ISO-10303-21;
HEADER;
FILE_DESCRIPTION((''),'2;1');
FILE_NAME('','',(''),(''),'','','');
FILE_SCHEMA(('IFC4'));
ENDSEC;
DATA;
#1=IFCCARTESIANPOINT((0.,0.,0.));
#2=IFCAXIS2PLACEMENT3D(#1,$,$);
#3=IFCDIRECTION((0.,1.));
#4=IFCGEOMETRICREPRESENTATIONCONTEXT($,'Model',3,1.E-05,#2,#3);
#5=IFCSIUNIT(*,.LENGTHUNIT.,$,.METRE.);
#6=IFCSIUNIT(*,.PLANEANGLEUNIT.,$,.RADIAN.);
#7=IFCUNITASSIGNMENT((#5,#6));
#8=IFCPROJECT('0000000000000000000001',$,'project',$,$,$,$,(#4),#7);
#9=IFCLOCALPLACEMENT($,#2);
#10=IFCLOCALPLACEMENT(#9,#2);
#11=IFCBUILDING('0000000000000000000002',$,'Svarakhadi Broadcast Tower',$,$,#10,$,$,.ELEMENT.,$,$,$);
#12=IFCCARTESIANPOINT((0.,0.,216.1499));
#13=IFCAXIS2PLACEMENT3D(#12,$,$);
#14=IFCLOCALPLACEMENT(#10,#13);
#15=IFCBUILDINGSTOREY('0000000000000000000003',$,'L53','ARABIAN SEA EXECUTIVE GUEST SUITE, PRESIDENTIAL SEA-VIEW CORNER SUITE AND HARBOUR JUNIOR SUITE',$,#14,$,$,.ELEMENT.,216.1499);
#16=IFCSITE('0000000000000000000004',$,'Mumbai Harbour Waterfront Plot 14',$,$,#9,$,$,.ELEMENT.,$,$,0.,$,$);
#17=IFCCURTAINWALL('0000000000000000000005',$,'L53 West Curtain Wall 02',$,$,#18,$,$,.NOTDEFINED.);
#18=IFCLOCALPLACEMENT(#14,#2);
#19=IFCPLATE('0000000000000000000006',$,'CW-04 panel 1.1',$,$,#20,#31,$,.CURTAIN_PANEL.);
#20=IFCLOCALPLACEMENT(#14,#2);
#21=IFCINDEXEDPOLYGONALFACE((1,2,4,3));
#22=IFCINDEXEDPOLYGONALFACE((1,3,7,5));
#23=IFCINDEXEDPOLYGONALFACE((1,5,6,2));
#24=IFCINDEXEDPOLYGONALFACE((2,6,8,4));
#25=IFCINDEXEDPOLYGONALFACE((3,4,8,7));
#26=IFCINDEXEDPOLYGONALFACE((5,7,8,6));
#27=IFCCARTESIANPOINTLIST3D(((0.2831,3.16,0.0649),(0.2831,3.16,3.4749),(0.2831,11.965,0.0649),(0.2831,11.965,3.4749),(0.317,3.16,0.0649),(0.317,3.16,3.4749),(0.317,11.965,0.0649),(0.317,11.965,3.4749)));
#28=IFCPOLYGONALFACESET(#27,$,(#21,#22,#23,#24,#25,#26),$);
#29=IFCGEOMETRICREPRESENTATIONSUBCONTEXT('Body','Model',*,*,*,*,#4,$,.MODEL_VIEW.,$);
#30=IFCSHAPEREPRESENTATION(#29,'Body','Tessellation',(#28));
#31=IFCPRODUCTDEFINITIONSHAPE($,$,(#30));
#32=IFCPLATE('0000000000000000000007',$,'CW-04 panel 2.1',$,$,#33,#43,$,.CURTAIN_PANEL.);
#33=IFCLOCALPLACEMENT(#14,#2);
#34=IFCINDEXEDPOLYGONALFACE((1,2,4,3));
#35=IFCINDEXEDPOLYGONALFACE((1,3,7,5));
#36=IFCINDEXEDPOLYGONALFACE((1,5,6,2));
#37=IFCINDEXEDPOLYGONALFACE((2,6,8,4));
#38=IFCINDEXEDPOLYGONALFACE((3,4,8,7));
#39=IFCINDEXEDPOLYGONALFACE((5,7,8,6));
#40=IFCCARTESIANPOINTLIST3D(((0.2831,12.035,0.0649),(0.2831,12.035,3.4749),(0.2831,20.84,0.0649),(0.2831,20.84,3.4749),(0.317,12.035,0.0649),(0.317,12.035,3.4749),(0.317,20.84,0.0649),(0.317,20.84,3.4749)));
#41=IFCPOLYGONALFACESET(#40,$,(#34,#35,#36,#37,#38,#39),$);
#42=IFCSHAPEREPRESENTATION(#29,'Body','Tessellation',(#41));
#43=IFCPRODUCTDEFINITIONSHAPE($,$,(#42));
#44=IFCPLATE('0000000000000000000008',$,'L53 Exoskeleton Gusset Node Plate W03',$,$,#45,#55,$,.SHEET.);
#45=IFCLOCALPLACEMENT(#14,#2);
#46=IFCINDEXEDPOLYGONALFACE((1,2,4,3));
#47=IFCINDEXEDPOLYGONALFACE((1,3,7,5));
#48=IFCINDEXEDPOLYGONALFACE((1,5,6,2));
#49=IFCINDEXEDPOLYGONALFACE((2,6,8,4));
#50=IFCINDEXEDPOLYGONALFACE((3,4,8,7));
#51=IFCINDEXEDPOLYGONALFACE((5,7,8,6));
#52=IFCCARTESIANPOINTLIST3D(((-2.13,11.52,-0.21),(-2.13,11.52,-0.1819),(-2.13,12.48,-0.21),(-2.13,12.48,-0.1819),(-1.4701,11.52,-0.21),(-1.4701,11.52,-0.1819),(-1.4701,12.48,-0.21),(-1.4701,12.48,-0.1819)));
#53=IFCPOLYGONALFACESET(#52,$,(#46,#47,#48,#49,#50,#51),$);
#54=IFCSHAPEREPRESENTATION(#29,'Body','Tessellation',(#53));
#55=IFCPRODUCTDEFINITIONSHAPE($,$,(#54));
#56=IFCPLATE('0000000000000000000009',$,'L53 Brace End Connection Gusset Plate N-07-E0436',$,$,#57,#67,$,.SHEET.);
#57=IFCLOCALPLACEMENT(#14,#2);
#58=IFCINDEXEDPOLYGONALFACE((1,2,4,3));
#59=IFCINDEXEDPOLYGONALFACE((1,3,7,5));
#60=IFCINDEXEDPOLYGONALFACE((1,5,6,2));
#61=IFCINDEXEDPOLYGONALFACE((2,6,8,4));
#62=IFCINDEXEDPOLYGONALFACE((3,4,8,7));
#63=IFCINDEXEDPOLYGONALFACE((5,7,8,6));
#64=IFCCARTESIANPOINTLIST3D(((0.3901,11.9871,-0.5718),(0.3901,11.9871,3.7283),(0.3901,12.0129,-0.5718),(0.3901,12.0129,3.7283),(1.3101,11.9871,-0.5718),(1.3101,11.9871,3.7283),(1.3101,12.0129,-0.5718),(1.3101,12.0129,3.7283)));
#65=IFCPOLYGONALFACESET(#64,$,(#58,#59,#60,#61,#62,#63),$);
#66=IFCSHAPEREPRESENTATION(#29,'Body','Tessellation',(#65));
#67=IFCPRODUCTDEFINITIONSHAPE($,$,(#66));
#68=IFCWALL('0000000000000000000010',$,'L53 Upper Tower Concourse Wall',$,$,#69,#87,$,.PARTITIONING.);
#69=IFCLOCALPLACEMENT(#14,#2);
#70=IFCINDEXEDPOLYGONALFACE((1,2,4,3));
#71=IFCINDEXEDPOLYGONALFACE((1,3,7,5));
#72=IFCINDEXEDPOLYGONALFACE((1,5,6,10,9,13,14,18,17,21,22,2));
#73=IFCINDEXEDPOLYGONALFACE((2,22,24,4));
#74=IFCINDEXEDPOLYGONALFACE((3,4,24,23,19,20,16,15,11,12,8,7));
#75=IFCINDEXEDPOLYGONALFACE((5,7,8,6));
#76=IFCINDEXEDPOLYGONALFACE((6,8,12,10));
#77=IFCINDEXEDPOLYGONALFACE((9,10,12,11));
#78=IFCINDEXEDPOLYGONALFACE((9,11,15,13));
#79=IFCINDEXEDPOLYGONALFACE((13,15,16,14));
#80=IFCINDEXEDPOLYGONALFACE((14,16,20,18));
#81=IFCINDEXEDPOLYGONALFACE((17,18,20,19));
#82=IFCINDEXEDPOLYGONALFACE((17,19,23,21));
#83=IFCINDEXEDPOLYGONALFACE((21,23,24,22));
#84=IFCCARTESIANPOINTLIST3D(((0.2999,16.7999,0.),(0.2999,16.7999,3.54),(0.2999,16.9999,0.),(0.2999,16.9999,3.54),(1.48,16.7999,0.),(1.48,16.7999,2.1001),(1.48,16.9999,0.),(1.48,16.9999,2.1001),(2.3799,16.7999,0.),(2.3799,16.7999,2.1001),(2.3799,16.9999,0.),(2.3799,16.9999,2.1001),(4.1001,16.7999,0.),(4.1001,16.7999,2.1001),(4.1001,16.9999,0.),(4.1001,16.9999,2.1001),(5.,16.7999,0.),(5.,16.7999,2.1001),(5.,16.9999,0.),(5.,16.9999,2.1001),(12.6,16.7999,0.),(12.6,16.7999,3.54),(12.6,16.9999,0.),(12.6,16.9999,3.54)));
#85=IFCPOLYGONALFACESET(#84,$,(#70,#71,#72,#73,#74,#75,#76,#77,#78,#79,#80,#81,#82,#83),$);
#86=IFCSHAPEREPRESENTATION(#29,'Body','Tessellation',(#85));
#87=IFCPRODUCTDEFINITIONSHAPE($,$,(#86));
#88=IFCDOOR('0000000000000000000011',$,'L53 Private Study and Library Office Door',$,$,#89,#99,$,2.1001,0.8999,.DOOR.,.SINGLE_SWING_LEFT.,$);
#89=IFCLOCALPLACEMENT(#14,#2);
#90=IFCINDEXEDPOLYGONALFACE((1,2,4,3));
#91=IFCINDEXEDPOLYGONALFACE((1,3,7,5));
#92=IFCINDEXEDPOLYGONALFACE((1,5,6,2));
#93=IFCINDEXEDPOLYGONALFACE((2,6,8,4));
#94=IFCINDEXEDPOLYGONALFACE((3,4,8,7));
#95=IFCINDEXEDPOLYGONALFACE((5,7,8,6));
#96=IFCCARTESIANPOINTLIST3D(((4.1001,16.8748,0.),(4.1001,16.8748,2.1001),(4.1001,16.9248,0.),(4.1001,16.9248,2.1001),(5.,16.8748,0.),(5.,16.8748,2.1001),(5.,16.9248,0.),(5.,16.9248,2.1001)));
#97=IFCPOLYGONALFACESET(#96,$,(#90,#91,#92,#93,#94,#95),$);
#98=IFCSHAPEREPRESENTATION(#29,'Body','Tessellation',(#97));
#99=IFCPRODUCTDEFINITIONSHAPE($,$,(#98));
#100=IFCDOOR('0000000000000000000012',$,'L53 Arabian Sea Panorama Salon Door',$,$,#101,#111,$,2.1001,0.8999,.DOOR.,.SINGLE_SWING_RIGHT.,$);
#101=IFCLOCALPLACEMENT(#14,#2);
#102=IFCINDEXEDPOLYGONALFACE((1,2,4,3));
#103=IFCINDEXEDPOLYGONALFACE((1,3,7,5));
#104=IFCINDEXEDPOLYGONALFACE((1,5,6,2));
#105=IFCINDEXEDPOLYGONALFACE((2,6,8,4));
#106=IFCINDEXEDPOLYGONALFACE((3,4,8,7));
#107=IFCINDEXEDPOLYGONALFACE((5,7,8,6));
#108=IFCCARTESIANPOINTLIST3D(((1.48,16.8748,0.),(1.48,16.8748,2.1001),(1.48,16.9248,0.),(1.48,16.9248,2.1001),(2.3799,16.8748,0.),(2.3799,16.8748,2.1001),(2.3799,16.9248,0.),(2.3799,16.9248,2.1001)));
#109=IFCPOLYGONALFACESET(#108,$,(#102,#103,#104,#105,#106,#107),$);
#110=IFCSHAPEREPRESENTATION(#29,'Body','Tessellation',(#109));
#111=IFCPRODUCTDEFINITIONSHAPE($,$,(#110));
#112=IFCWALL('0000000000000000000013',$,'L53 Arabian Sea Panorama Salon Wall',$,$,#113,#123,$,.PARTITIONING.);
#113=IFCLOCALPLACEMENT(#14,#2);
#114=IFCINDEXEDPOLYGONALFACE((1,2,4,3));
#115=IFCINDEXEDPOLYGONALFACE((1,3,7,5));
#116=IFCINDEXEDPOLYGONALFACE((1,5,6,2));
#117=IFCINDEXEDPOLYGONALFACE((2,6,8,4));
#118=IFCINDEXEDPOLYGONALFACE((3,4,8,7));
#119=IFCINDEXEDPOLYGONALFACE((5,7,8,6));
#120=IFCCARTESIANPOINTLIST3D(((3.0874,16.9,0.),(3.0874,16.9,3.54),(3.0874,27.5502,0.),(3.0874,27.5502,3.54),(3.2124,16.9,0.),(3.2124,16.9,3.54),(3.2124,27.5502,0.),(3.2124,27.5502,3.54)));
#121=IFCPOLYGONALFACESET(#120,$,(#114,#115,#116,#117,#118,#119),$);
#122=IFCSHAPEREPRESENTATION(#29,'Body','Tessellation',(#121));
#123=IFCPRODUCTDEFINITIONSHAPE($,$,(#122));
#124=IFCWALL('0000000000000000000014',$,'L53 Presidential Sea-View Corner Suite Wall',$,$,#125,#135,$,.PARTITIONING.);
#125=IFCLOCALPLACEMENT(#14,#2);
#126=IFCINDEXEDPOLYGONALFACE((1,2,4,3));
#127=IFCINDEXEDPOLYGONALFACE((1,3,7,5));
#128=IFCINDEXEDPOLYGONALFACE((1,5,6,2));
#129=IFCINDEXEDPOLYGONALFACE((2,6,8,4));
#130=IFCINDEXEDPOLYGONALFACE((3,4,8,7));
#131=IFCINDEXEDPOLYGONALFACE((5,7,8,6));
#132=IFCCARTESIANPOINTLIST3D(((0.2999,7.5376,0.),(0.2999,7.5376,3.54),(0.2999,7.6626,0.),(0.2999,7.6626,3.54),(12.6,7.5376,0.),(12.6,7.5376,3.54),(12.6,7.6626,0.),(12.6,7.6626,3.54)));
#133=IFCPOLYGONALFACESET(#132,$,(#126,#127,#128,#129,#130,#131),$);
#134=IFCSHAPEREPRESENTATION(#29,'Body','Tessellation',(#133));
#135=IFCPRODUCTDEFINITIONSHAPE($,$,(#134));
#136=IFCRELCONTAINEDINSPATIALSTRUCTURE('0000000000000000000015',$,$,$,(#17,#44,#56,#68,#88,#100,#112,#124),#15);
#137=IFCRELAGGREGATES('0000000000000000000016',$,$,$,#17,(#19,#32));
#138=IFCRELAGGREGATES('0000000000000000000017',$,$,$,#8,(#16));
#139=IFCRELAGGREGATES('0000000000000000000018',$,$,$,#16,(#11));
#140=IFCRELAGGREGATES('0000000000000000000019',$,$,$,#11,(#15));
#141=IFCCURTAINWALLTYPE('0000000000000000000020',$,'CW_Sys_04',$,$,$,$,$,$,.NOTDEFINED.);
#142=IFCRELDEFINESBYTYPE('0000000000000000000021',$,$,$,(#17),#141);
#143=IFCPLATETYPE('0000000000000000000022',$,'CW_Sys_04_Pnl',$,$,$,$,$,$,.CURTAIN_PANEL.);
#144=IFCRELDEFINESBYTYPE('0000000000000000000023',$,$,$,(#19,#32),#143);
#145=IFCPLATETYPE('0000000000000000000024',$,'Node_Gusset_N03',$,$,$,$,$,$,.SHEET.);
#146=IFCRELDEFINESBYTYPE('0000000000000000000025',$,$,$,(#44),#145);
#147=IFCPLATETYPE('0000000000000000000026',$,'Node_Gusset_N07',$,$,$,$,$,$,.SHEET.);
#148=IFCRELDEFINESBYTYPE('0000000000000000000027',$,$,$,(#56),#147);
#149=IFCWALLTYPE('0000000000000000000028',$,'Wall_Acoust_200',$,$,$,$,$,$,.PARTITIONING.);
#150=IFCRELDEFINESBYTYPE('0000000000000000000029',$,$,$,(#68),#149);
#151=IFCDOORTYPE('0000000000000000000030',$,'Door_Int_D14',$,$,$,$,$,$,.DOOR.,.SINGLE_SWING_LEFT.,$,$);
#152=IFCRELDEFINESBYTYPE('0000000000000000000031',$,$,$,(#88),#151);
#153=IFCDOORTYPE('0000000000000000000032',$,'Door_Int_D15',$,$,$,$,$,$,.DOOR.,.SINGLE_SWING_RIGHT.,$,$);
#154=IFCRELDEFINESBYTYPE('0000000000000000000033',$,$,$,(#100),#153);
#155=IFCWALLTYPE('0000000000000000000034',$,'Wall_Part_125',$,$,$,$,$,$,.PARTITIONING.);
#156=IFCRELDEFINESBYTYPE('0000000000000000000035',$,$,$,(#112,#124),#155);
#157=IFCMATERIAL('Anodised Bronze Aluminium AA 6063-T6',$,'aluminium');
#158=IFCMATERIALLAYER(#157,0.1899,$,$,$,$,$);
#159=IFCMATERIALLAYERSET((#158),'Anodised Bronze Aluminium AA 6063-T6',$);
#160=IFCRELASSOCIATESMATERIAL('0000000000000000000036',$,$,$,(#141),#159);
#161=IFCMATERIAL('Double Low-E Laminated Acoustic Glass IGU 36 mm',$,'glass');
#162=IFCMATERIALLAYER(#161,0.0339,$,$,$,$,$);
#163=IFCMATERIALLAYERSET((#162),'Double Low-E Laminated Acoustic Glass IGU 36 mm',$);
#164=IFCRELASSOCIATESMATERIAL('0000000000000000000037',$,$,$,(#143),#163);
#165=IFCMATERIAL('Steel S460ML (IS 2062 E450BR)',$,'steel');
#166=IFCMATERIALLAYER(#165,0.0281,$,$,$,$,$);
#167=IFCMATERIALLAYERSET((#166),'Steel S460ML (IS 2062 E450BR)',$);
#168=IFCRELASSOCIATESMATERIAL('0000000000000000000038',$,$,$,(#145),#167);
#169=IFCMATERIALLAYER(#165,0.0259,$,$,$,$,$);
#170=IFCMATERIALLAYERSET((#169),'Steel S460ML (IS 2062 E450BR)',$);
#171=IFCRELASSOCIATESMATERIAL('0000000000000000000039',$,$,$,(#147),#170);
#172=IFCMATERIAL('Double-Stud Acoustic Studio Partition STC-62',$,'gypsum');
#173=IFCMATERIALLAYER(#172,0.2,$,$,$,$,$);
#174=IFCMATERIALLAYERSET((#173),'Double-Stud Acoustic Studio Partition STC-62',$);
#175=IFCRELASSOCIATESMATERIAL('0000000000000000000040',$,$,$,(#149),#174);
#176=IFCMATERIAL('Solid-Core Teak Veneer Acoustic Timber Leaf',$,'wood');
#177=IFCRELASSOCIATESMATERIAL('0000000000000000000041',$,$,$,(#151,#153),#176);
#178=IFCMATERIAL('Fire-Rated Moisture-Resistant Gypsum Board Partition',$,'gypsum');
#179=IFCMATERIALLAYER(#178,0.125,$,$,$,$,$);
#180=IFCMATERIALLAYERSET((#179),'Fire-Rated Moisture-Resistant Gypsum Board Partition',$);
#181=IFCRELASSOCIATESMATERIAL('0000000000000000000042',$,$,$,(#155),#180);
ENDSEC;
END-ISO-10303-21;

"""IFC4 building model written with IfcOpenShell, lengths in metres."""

from ifc_helpers import new_model, si_unit, direction, frame, frame_2d, origin, origin_2d, place, context, subcontext, project, spatial, rectangle, extrude, material, layer, layer_set, type_object, element, fill, aggregate, save


model = new_model("IFC4")

# Units and contexts
model_context = context("Model", 3, precision=1e-05, world=origin(), true_north=direction((0.0, 1.0)))
body_context = subcontext(model_context, "Body", "Model", "MODEL_VIEW")
ifc_project = project(units=[si_unit("LENGTHUNIT", "METRE"), si_unit("PLANEANGLEUNIT", "RADIAN")], contexts=[model_context])

# Site, building, storey
site_placement = place(None, origin())
site = spatial("IfcSite", under=ifc_project, at=site_placement, Name="Mumbai Harbour Waterfront Plot 14", CompositionType="ELEMENT", RefElevation=0.0)
building_placement = place(site_placement, origin())
building = spatial("IfcBuilding", under=site, at=building_placement, Name="Svarakhadi Broadcast Tower", CompositionType="ELEMENT")
storey_placement = place(building_placement, frame((0.0, 0.0, 216.1499)))
storey = spatial("IfcBuildingStorey", under=building, at=storey_placement, Name="L53", Description="ARABIAN SEA EXECUTIVE GUEST SUITE, PRESIDENTIAL SEA-VIEW CORNER SUITE AND HARBOUR JUNIOR SUITE", CompositionType="ELEMENT", Elevation=216.1499)

# Shared definitions
ifc_material_1 = material(Name="Steel S460ML (IS 2062 E450BR)", Category="steel")

# Curtain wall
ifc_material_2 = material(Name="Anodised Bronze Aluminium AA 6063-T6", Category="aluminium")
ifc_layer_1 = layer(ifc_material_2, 0.1899)
ifc_layer_set_1 = layer_set([ifc_layer_1], Name="Anodised Bronze Aluminium AA 6063-T6")
curtain_wall_type = type_object("IfcCurtainWallType", Name="CW_Sys_04", PredefinedType="NOTDEFINED", material=ifc_layer_set_1)
curtain_wall_placement = place(storey_placement, origin())
curtain_wall = element("IfcCurtainWall", 1, at=curtain_wall_placement, inside=storey, type_object=curtain_wall_type, Name="L53 West Curtain Wall 02", PredefinedType="NOTDEFINED")

# Plates
ifc_material_3 = material(Name="Double Low-E Laminated Acoustic Glass IGU 36 mm", Category="glass")
ifc_layer_2 = layer(ifc_material_3, 0.0339)
ifc_layer_set_2 = layer_set([ifc_layer_2], Name="Double Low-E Laminated Acoustic Glass IGU 36 mm")
plate_type_1 = type_object("IfcPlateType", Name="CW_Sys_04_Pnl", PredefinedType="CURTAIN_PANEL", material=ifc_layer_set_2)
plate_1_placement = place(storey_placement, frame((0.3, 7.5625, 0.0649), z_axis=(0.0, 0.0, 1.0), x_axis=(0.0, 1.0, 0.0)))
plate_1 = element("IfcPlate", 2, at=plate_1_placement, type_object=plate_type_1, Name="CW-04 panel 1.1", PredefinedType="CURTAIN_PANEL", context=body_context, shape_type="SweptSolid", body=[
    extrude(rectangle(XDim=8.8049, YDim=0.0339, at=origin_2d()), origin(), (0.0, 0.0, 1.0), 3.4099),
])
plate_2_placement = place(storey_placement, frame((0.3, 16.4375, 0.0649), z_axis=(0.0, 0.0, 1.0), x_axis=(0.0, 1.0, 0.0)))
plate_2 = element("IfcPlate", 3, at=plate_2_placement, type_object=plate_type_1, Name="CW-04 panel 2.1", PredefinedType="CURTAIN_PANEL", context=body_context, shape_type="SweptSolid", body=[
    extrude(rectangle(XDim=8.8049, YDim=0.0339, at=origin_2d()), origin(), (0.0, 0.0, 1.0), 3.4099),
])
aggregate(curtain_wall, [plate_1, plate_2])

# Plates
ifc_layer_3 = layer(ifc_material_1, 0.0281)
ifc_layer_set_3 = layer_set([ifc_layer_3], Name="Steel S460ML (IS 2062 E450BR)")
plate_type_2 = type_object("IfcPlateType", Name="Node_Gusset_N03", PredefinedType="SHEET", material=ifc_layer_set_3)
plate_3_placement = place(storey_placement, frame((-1.8, 12.0, -0.21), z_axis=(0.0, 0.0, 1.0), x_axis=(0.0, 1.0, 0.0)))
element("IfcPlate", 4, at=plate_3_placement, inside=storey, type_object=plate_type_2, Name="L53 Exoskeleton Gusset Node Plate W03", PredefinedType="SHEET", context=body_context, shape_type="SweptSolid", body=[
    extrude(rectangle(XDim=0.96, YDim=0.6599, at=origin_2d()), origin(), (0.0, 0.0, 1.0), 0.0281),
])
ifc_layer_4 = layer(ifc_material_1, 0.0259)
ifc_layer_set_4 = layer_set([ifc_layer_4], Name="Steel S460ML (IS 2062 E450BR)")
plate_type_3 = type_object("IfcPlateType", Name="Node_Gusset_N07", PredefinedType="SHEET", material=ifc_layer_set_4)
plate_4_placement = place(storey_placement, frame((0.8501, 12.0, -0.5718), z_axis=(0.0, 0.0, 1.0), x_axis=(1.0, 0.0, 0.0)))
element("IfcPlate", 5, at=plate_4_placement, inside=storey, type_object=plate_type_3, Name="L53 Brace End Connection Gusset Plate N-07-E0436", PredefinedType="SHEET", context=body_context, shape_type="SweptSolid", body=[
    extrude(rectangle(XDim=0.9199, YDim=0.0259, at=origin_2d()), origin(), (0.0, 0.0, 1.0), 4.3),
])

# Wall, openings, doors
ifc_material_4 = material(Name="Double-Stud Acoustic Studio Partition STC-62", Category="gypsum")
ifc_layer_5 = layer(ifc_material_4, 0.2)
ifc_layer_set_5 = layer_set([ifc_layer_5], Name="Double-Stud Acoustic Studio Partition STC-62")
wall_type_1 = type_object("IfcWallType", Name="Wall_Acoust_200", PredefinedType="PARTITIONING", material=ifc_layer_set_5)
wall_1_placement = place(storey_placement, frame((0.3, 16.8999, 0.0), z_axis=(0.0, 0.0, 1.0), x_axis=(1.0, 0.0, 0.0)))
wall_1 = element("IfcWall", 6, at=wall_1_placement, inside=storey, type_object=wall_type_1, Name="L53 Upper Tower Concourse Wall", PredefinedType="PARTITIONING", context=body_context, shape_type="SweptSolid", body=[
    extrude(rectangle(XDim=12.3, YDim=0.2, at=frame_2d((6.1499, 0.0))), origin(), (0.0, 0.0, 1.0), 3.54),
])
opening_1_placement = place(wall_1_placement, frame((1.1799, 0.0, 0.0)))
opening_1 = element("IfcOpeningElement", 7, at=opening_1_placement, cuts=wall_1, PredefinedType="OPENING", context=body_context, shape_type="SweptSolid", body=[
    extrude(rectangle(XDim=0.8999, YDim=2.1001, at=frame_2d((0.45, 1.05))), frame((0.0, 0.1099, 0.0), z_axis=(0.0, -1.0, 0.0), x_axis=(1.0, 0.0, 0.0)), (0.0, 0.0, 1.0), 0.22),
])
opening_2_placement = place(wall_1_placement, frame((3.8, 0.0, 0.0)))
opening_2 = element("IfcOpeningElement", 8, at=opening_2_placement, cuts=wall_1, PredefinedType="OPENING", context=body_context, shape_type="SweptSolid", body=[
    extrude(rectangle(XDim=0.8999, YDim=2.1001, at=frame_2d((0.45, 1.05))), frame((0.0, 0.1099, 0.0), z_axis=(0.0, -1.0, 0.0), x_axis=(1.0, 0.0, 0.0)), (0.0, 0.0, 1.0), 0.22),
])
ifc_material_5 = material(Name="Solid-Core Teak Veneer Acoustic Timber Leaf", Category="wood")
door_type_1 = type_object("IfcDoorType", Name="Door_Int_D14", OperationType="SINGLE_SWING_LEFT", PredefinedType="DOOR", material=ifc_material_5)
door_1_placement = place(opening_2_placement, origin())
door_1 = element("IfcDoor", 9, at=door_1_placement, inside=storey, type_object=door_type_1, Name="L53 Private Study and Library Office Door", OperationType="SINGLE_SWING_LEFT", OverallHeight=2.1001, OverallWidth=0.8999, PredefinedType="DOOR", context=body_context, shape_type="SweptSolid", body=[
    extrude(rectangle(XDim=0.8999, YDim=2.1001, at=frame_2d((0.45, 1.05))), frame((0.0, 0.0249, 0.0), z_axis=(0.0, -1.0, 0.0), x_axis=(1.0, 0.0, 0.0)), (0.0, 0.0, 1.0), 0.05),
])
fill(opening_2, door_1)
door_type_2 = type_object("IfcDoorType", Name="Door_Int_D15", OperationType="SINGLE_SWING_RIGHT", PredefinedType="DOOR", material=ifc_material_5)
door_2_placement = place(opening_1_placement, origin())
door_2 = element("IfcDoor", 10, at=door_2_placement, inside=storey, type_object=door_type_2, Name="L53 Arabian Sea Panorama Salon Door", OperationType="SINGLE_SWING_RIGHT", OverallHeight=2.1001, OverallWidth=0.8999, PredefinedType="DOOR", context=body_context, shape_type="SweptSolid", body=[
    extrude(rectangle(XDim=0.8999, YDim=2.1001, at=frame_2d((0.45, 1.05))), frame((0.0, 0.0249, 0.0), z_axis=(0.0, -1.0, 0.0), x_axis=(1.0, 0.0, 0.0)), (0.0, 0.0, 1.0), 0.05),
])
fill(opening_1, door_2)

# Walls
ifc_material_6 = material(Name="Fire-Rated Moisture-Resistant Gypsum Board Partition", Category="gypsum")
ifc_layer_6 = layer(ifc_material_6, 0.125)
ifc_layer_set_6 = layer_set([ifc_layer_6], Name="Fire-Rated Moisture-Resistant Gypsum Board Partition")
wall_type_2 = type_object("IfcWallType", Name="Wall_Part_125", PredefinedType="PARTITIONING", material=ifc_layer_set_6)
wall_2_placement = place(storey_placement, frame((3.1499, 16.8999, 0.0), z_axis=(0.0, 0.0, 1.0), x_axis=(0.0, 1.0, 0.0)))
element("IfcWall", 11, at=wall_2_placement, inside=storey, type_object=wall_type_2, Name="L53 Arabian Sea Panorama Salon Wall", PredefinedType="PARTITIONING", context=body_context, shape_type="SweptSolid", body=[
    extrude(rectangle(XDim=10.6501, YDim=0.125, at=frame_2d((5.3252, 0.0))), origin(), (0.0, 0.0, 1.0), 3.54),
])
wall_3_placement = place(storey_placement, frame((0.3, 7.6001, 0.0), z_axis=(0.0, 0.0, 1.0), x_axis=(1.0, 0.0, 0.0)))
element("IfcWall", 12, at=wall_3_placement, inside=storey, type_object=wall_type_2, Name="L53 Presidential Sea-View Corner Suite Wall", PredefinedType="PARTITIONING", context=body_context, shape_type="SweptSolid", body=[
    extrude(rectangle(XDim=12.3, YDim=0.125, at=frame_2d((6.1499, 0.0))), origin(), (0.0, 0.0, 1.0), 3.54),
])

save(model, "model.ifc")
